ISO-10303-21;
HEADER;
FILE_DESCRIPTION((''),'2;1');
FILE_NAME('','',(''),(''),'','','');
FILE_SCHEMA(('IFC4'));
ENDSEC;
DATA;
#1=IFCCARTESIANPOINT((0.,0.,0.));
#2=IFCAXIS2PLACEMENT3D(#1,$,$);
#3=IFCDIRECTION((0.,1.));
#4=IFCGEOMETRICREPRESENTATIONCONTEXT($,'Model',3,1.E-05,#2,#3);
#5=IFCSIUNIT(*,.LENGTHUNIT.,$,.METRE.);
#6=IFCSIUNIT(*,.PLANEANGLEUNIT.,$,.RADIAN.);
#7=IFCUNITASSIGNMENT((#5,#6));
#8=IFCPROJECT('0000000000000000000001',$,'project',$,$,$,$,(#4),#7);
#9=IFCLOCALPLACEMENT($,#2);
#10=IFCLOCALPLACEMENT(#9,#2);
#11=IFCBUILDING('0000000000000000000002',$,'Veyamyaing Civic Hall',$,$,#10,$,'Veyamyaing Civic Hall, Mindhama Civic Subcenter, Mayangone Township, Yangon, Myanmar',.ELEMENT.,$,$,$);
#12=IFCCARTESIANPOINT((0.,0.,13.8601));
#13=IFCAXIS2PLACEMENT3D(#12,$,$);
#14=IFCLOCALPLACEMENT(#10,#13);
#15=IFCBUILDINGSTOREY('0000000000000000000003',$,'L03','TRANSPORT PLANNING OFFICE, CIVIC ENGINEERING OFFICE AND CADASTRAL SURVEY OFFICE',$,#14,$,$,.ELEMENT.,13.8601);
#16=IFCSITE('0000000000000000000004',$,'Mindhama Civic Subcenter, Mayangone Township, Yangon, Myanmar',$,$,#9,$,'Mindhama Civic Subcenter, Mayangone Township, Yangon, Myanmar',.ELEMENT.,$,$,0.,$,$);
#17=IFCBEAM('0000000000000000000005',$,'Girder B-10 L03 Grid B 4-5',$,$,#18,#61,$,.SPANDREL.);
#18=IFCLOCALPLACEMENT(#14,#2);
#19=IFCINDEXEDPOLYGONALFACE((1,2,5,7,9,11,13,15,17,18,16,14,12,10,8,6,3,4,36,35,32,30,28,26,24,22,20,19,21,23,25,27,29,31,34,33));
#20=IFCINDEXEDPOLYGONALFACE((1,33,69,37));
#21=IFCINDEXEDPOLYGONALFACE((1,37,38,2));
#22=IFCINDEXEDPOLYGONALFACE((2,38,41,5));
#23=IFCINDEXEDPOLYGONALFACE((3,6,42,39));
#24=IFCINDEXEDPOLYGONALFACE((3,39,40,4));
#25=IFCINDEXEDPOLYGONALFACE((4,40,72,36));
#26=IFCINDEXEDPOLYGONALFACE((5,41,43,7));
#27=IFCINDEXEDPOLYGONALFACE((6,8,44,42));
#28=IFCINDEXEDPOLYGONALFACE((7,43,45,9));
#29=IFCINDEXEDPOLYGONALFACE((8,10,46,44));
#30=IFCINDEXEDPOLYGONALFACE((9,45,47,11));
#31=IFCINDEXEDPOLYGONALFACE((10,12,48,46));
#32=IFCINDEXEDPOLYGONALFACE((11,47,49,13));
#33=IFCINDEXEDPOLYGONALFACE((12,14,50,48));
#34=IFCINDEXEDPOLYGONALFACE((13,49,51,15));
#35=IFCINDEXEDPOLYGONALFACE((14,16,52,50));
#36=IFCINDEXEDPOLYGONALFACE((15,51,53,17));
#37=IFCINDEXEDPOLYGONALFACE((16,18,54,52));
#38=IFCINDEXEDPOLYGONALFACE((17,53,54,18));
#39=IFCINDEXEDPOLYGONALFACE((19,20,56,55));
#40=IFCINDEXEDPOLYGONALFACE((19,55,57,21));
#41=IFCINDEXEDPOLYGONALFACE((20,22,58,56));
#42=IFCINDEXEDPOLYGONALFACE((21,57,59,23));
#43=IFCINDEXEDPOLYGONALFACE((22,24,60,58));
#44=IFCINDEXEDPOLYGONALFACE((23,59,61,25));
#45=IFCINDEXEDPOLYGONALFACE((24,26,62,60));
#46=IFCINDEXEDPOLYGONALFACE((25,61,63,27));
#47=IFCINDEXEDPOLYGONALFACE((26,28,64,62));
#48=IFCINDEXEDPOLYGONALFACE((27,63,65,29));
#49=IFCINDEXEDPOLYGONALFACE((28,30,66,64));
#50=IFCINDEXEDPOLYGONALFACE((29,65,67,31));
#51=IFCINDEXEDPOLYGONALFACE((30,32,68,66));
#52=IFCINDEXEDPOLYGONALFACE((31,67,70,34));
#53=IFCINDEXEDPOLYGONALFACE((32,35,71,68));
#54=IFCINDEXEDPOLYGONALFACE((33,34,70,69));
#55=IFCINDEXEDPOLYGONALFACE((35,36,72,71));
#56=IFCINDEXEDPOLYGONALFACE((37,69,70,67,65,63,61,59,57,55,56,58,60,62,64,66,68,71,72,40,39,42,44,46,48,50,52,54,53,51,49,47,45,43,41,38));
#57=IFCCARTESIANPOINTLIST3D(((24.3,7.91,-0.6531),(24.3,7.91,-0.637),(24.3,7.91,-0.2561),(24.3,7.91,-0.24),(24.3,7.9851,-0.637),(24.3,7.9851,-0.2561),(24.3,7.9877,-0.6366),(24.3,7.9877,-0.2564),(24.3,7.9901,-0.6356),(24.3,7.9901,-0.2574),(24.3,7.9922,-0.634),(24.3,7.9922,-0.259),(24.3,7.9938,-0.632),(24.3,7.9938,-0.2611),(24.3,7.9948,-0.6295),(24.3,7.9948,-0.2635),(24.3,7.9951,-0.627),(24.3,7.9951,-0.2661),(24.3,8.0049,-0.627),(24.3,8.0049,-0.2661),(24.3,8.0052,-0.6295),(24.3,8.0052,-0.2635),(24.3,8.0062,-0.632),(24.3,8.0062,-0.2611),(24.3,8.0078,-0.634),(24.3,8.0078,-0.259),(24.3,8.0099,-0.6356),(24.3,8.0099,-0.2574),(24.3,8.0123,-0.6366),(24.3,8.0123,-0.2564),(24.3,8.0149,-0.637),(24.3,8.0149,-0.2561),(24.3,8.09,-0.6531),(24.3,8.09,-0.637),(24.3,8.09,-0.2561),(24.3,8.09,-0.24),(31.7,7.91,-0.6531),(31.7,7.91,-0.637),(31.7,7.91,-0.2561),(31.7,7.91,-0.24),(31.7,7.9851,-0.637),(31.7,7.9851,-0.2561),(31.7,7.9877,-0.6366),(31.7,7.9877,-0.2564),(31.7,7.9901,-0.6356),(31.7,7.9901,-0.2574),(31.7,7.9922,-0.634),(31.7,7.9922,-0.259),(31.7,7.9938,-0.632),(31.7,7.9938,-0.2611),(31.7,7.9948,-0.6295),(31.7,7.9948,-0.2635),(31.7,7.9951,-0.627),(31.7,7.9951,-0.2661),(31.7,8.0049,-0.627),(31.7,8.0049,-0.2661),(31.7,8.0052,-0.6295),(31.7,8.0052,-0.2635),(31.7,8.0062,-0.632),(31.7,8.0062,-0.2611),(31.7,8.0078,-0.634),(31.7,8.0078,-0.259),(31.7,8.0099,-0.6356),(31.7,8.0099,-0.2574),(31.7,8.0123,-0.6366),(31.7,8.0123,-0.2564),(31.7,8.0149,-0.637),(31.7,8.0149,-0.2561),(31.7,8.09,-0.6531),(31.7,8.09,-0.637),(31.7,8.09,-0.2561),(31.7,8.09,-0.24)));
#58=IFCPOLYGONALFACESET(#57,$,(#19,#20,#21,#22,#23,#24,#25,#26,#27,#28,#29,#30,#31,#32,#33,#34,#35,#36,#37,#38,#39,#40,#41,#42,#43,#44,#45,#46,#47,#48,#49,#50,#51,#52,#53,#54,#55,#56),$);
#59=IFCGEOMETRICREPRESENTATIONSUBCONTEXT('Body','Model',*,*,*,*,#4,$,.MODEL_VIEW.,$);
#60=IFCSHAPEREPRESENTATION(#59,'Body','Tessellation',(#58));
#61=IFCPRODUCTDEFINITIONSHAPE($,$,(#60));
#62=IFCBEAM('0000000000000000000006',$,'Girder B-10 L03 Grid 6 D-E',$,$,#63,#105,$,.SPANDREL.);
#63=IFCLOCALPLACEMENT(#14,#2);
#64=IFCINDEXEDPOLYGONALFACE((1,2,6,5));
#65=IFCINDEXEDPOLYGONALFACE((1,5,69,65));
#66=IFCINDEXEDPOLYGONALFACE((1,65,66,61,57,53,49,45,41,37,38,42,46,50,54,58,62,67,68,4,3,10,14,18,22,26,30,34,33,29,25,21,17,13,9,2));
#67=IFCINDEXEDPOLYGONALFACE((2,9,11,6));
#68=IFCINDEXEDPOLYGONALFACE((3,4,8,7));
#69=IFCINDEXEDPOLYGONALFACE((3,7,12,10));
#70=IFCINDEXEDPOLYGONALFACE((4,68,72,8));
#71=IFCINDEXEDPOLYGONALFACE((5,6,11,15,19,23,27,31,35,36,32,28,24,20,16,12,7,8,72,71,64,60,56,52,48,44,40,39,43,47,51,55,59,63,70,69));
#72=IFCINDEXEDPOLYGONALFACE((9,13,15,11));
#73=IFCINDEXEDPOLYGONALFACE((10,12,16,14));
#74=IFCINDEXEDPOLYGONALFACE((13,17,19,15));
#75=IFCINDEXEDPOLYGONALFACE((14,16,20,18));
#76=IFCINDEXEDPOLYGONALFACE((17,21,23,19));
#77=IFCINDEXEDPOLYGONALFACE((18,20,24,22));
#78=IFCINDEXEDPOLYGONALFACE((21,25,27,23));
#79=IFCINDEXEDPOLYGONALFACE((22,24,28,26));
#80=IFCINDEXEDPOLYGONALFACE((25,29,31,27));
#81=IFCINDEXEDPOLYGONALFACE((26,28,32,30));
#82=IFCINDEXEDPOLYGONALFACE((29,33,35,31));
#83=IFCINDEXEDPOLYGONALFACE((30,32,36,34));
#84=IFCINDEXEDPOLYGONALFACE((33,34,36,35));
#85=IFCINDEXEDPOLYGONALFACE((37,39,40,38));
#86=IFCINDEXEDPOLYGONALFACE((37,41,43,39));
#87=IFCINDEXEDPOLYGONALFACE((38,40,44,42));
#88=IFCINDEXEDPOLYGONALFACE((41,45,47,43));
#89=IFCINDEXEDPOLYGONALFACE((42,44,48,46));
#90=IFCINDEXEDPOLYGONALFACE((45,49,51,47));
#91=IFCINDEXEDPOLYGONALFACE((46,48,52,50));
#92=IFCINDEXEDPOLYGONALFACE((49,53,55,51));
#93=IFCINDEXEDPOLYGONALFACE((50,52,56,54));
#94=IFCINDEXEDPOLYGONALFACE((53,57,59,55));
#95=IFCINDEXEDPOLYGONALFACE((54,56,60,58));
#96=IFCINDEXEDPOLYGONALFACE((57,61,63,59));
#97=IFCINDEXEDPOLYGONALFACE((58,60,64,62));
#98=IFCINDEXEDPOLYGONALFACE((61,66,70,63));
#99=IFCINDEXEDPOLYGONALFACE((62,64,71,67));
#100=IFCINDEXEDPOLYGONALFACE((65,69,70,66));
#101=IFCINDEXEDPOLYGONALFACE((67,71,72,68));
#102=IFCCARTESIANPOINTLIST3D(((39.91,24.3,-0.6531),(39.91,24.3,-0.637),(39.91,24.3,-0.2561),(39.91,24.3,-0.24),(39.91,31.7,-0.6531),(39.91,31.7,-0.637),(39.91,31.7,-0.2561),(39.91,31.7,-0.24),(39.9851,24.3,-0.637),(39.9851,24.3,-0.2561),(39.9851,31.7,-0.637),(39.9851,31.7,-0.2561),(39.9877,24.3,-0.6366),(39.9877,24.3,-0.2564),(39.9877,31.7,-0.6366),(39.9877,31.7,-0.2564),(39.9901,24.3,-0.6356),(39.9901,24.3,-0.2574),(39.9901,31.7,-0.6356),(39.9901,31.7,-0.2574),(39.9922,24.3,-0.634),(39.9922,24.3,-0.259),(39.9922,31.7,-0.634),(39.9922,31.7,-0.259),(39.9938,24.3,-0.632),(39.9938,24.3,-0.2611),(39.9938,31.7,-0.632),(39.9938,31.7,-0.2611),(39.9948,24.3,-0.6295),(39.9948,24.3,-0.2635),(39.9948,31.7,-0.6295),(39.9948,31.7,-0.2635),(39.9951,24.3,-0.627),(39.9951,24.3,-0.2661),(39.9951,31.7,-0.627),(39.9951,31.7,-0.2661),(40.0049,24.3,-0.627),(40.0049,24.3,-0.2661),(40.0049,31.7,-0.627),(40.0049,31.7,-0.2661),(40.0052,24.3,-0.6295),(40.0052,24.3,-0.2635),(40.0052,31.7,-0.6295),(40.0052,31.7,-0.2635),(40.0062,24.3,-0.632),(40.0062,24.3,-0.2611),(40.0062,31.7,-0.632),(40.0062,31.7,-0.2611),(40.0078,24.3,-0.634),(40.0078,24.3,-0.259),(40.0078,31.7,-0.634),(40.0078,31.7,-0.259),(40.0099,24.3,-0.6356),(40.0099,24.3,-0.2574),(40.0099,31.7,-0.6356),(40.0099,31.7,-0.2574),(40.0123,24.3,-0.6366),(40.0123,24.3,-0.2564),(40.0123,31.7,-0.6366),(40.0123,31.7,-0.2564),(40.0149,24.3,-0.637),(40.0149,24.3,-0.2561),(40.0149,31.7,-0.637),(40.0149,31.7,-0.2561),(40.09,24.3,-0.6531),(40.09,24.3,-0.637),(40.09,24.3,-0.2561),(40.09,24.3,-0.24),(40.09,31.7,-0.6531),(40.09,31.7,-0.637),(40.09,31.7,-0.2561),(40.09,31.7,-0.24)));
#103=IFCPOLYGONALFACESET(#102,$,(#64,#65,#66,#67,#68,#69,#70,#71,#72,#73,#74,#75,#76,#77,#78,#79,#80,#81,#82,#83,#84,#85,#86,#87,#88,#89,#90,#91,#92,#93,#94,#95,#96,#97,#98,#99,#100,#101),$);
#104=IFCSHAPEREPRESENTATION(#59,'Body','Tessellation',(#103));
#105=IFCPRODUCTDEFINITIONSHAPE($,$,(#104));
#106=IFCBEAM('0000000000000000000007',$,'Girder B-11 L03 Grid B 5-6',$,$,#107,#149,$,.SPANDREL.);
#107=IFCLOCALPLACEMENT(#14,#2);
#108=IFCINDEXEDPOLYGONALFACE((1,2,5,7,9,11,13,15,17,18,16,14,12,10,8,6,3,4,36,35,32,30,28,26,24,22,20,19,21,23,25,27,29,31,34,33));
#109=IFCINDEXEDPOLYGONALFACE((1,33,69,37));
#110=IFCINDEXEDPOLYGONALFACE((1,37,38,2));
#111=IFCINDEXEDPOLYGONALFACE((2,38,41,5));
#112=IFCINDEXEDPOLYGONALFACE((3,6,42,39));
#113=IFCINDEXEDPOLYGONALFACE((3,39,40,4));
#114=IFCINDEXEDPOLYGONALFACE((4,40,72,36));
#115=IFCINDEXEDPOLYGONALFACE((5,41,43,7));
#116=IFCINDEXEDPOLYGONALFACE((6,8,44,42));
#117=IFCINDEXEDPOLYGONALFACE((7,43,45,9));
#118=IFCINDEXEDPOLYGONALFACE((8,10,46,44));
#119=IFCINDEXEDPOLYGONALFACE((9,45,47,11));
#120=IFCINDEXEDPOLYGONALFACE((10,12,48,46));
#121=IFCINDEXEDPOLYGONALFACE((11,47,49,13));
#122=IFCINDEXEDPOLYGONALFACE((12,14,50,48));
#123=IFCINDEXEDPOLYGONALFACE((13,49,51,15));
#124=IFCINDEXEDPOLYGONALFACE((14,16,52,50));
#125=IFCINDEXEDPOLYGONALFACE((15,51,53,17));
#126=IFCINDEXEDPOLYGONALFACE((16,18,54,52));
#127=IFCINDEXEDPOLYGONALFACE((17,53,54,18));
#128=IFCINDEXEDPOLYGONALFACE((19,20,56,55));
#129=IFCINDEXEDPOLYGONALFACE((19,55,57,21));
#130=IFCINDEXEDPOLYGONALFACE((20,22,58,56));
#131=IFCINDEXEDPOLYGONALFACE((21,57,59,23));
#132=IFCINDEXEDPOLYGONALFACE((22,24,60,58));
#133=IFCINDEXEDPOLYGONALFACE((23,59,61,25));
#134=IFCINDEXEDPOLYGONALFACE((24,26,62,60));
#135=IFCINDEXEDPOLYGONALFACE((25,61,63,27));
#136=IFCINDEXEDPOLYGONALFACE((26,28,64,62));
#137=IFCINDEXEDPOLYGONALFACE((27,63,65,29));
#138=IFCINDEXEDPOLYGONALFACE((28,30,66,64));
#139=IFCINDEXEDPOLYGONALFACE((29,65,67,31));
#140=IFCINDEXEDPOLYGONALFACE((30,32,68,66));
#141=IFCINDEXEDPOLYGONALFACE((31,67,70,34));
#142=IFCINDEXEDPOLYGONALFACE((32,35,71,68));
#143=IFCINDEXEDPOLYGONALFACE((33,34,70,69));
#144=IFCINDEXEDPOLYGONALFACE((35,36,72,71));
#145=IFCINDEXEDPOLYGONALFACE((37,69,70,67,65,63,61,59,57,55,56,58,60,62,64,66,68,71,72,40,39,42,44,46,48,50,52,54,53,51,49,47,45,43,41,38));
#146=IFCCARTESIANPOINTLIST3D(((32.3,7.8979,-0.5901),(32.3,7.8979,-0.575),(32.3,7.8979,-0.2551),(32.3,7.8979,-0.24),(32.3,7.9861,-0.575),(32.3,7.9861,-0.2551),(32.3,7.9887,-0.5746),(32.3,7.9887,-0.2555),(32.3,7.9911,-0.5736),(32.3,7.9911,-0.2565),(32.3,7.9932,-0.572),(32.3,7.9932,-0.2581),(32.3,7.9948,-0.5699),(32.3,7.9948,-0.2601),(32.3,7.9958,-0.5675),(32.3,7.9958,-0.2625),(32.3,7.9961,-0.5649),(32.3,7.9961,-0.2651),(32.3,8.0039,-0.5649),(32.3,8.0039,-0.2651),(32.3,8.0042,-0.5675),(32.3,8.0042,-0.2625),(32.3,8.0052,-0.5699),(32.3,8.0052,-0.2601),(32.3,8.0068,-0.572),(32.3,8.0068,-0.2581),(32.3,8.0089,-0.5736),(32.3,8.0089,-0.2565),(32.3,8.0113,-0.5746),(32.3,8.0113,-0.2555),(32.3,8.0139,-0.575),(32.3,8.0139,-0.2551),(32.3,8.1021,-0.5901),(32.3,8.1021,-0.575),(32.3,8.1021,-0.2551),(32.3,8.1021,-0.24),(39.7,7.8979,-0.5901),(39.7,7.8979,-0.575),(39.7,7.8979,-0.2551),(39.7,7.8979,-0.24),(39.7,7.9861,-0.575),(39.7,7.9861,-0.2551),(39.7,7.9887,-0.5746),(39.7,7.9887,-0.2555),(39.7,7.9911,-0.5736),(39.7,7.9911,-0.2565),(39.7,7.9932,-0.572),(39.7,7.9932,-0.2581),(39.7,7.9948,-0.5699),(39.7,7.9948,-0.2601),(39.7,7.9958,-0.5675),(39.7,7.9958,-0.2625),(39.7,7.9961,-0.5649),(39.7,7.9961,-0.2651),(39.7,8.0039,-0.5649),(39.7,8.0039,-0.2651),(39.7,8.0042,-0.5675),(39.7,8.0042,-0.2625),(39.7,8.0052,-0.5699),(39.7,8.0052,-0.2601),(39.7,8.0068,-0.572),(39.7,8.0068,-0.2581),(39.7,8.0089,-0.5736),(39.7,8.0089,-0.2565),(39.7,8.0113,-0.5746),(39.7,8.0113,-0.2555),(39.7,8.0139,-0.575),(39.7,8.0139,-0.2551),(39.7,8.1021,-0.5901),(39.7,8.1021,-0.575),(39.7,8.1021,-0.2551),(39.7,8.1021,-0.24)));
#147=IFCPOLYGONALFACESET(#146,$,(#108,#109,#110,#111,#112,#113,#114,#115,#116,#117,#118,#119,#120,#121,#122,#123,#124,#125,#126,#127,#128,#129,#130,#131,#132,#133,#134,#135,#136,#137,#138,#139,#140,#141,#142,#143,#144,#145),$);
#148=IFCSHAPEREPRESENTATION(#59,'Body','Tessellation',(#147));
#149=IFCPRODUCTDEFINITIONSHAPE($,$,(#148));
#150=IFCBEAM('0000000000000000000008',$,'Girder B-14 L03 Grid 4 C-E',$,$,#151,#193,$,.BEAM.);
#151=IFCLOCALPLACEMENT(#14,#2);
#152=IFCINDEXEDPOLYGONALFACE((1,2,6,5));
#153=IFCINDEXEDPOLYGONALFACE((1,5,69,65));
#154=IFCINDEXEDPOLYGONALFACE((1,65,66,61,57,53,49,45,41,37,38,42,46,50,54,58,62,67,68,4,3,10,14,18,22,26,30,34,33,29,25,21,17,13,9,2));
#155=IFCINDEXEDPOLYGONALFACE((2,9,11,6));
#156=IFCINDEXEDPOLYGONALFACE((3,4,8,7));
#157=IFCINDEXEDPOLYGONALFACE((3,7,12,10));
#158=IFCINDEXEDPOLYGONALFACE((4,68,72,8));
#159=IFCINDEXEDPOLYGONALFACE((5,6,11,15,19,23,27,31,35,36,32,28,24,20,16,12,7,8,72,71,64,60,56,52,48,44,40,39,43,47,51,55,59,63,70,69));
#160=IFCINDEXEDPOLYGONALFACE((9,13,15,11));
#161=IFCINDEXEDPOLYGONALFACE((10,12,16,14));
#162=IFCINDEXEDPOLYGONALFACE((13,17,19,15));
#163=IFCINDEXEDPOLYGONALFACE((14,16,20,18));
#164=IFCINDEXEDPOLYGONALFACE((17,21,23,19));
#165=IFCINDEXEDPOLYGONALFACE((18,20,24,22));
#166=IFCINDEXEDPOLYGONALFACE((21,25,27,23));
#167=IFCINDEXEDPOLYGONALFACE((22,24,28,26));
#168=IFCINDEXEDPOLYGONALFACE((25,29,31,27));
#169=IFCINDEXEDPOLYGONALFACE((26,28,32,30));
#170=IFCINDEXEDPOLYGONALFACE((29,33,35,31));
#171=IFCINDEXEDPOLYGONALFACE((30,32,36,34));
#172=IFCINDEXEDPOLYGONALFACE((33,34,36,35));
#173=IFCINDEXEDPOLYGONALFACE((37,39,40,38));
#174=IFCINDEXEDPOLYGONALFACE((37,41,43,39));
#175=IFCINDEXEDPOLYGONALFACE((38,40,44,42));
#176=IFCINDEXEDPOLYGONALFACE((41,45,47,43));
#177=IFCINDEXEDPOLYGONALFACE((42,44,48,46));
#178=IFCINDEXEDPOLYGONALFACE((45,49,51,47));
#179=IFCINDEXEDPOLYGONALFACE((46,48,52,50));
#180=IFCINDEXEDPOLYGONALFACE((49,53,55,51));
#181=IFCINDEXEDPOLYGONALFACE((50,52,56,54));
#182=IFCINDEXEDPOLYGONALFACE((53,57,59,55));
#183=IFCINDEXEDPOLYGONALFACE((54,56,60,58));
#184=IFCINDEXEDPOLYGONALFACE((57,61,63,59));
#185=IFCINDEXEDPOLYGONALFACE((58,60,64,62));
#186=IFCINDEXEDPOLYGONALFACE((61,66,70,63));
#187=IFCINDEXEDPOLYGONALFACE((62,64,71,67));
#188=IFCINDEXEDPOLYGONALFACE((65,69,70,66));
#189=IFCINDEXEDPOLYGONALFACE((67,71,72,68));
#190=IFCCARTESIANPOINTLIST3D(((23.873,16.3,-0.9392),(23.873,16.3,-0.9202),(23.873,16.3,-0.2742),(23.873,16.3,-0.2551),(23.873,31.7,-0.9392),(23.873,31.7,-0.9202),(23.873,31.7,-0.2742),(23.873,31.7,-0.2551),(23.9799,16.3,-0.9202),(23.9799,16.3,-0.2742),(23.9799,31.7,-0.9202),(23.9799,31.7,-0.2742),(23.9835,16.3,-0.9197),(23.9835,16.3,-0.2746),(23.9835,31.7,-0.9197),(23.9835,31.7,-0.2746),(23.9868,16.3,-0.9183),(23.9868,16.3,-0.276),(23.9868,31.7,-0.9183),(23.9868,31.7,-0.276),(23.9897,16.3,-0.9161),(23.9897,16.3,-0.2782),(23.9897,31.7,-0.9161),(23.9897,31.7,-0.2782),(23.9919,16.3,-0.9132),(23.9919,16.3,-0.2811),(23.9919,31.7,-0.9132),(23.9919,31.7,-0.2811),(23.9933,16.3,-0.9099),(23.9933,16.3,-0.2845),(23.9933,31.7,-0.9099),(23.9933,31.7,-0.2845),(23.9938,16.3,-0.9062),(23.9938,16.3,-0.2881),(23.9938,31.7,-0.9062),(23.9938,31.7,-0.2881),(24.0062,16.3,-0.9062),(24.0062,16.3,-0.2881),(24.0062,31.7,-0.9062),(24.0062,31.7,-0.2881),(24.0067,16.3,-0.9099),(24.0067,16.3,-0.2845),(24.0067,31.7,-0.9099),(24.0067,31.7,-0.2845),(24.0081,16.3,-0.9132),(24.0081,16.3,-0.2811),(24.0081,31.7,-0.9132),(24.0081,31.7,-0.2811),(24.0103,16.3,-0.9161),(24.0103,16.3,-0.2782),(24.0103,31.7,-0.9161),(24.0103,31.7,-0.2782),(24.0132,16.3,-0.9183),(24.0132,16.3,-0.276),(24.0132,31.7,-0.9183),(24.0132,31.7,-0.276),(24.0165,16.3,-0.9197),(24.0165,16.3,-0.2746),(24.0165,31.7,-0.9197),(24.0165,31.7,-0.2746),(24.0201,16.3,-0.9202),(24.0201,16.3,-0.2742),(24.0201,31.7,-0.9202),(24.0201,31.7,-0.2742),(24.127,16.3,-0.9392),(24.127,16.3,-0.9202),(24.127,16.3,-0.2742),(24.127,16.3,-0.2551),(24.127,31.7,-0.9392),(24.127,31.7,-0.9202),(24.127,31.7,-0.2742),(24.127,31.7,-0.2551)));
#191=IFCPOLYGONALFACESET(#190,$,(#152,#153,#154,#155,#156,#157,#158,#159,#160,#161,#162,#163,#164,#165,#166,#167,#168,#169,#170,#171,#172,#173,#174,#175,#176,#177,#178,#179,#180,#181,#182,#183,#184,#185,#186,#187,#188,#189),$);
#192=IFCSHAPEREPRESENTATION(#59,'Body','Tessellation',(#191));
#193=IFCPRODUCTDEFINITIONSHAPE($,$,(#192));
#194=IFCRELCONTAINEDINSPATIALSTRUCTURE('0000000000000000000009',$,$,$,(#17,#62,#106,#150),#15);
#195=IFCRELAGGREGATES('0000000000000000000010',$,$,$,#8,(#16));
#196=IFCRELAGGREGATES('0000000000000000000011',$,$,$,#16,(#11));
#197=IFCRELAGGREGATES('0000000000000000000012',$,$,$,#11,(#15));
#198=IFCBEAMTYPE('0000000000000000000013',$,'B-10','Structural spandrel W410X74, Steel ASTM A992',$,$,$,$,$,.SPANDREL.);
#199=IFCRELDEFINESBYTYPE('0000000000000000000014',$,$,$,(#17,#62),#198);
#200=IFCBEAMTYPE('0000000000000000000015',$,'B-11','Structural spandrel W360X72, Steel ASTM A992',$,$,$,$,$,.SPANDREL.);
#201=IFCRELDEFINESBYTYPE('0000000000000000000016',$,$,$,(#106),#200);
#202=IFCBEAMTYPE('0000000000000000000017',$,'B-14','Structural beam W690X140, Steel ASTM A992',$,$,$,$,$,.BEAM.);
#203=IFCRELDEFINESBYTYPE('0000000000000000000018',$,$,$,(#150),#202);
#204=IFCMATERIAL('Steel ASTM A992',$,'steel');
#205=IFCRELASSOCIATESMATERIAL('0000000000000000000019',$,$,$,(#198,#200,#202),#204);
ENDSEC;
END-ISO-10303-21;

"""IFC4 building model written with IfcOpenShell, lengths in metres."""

from ifc_helpers import new_model, si_unit, direction, frame, origin, origin_2d, place, context, subcontext, project, spatial, i_section, extrude, material, material_profile, profile_set, type_object, element, save


model = new_model("IFC4")

# Units and contexts
model_context = context("Model", 3, precision=1e-05, world=origin(), true_north=direction((0.0, 1.0)))
body_context = subcontext(model_context, "Body", "Model", "MODEL_VIEW")
ifc_project = project(units=[si_unit("LENGTHUNIT", "METRE"), si_unit("PLANEANGLEUNIT", "RADIAN")], contexts=[model_context])

# Site, building, storey
site_placement = place(None, origin())
site = spatial("IfcSite", under=ifc_project, at=site_placement, Name="Mindhama Civic Subcenter, Mayangone Township, Yangon, Myanmar", LongName="Mindhama Civic Subcenter, Mayangone Township, Yangon, Myanmar", CompositionType="ELEMENT", RefElevation=0.0)
building_placement = place(site_placement, origin())
building = spatial("IfcBuilding", under=site, at=building_placement, Name="Veyamyaing Civic Hall", LongName="Veyamyaing Civic Hall, Mindhama Civic Subcenter, Mayangone Township, Yangon, Myanmar", CompositionType="ELEMENT")
storey_placement = place(building_placement, frame((0.0, 0.0, 13.8601)))
storey = spatial("IfcBuildingStorey", under=building, at=storey_placement, Name="L03", Description="TRANSPORT PLANNING OFFICE, CIVIC ENGINEERING OFFICE AND CADASTRAL SURVEY OFFICE", CompositionType="ELEMENT", Elevation=13.8601)

# Beams
ifc_material_1 = material(Name="Steel ASTM A992", Category="steel")
ifc_material_profile_1 = material_profile(ifc_material_1, i_section(OverallWidth=0.1799, OverallDepth=0.4131, WebThickness=0.0098, FlangeThickness=0.0161, FilletRadius=0.01, at=origin_2d()), Name="W410X74")
ifc_profile_set_1 = profile_set([ifc_material_profile_1], Name="Steel ASTM A992")
beam_type_1 = type_object("IfcBeamType", Name="B-10", Description="Structural spandrel W410X74, Steel ASTM A992", PredefinedType="SPANDREL", material=ifc_profile_set_1)
for number, where, z_axis, x_axis, name in (
    (1, (24.3, 8.0, -0.4465), (1.0, 0.0, 0.0), (0.0, 1.0, 0.0), "Girder B-10 L03 Grid B 4-5"),
    (2, (40.0, 24.3, -0.4465), (0.0, 1.0, 0.0), (-1.0, 0.0, 0.0), "Girder B-10 L03 Grid 6 D-E"),
):
    element("IfcBeam", number, at=place(storey_placement, frame(where, z_axis=z_axis, x_axis=x_axis)), inside=storey, type_object=beam_type_1, Name=name, PredefinedType="SPANDREL", context=body_context, shape_type="SweptSolid", body=[
        extrude(i_section(OverallWidth=0.1799, OverallDepth=0.4131, WebThickness=0.0098, FlangeThickness=0.0161, FilletRadius=0.01, at=origin_2d()), origin(), (0.0, 0.0, 1.0), 7.3999),
    ])
ifc_material_profile_2 = material_profile(ifc_material_1, i_section(OverallWidth=0.2041, OverallDepth=0.3501, WebThickness=0.0078, FlangeThickness=0.0151, FilletRadius=0.01, at=origin_2d()), Name="W360X72")
ifc_profile_set_2 = profile_set([ifc_material_profile_2], Name="Steel ASTM A992")
beam_type_2 = type_object("IfcBeamType", Name="B-11", Description="Structural spandrel W360X72, Steel ASTM A992", PredefinedType="SPANDREL", material=ifc_profile_set_2)
beam_1_placement = place(storey_placement, frame((32.3, 8.0, -0.415), z_axis=(1.0, 0.0, 0.0), x_axis=(0.0, 1.0, 0.0)))
element("IfcBeam", 3, at=beam_1_placement, inside=storey, type_object=beam_type_2, Name="Girder B-11 L03 Grid B 5-6", PredefinedType="SPANDREL", context=body_context, shape_type="SweptSolid", body=[
    extrude(i_section(OverallWidth=0.2041, OverallDepth=0.3501, WebThickness=0.0078, FlangeThickness=0.0151, FilletRadius=0.01, at=origin_2d()), origin(), (0.0, 0.0, 1.0), 7.3999),
])
ifc_material_profile_3 = material_profile(ifc_material_1, i_section(OverallWidth=0.2539, OverallDepth=0.6841, WebThickness=0.0125, FlangeThickness=0.019, FilletRadius=0.0139, at=origin_2d()), Name="W690X140")
ifc_profile_set_3 = profile_set([ifc_material_profile_3], Name="Steel ASTM A992")
beam_type_3 = type_object("IfcBeamType", Name="B-14", Description="Structural beam W690X140, Steel ASTM A992", PredefinedType="BEAM", material=ifc_profile_set_3)
beam_2_placement = place(storey_placement, frame((24.0, 16.3, -0.5972), z_axis=(0.0, 1.0, 0.0), x_axis=(-1.0, 0.0, 0.0)))
element("IfcBeam", 4, at=beam_2_placement, inside=storey, type_object=beam_type_3, Name="Girder B-14 L03 Grid 4 C-E", PredefinedType="BEAM", context=body_context, shape_type="SweptSolid", body=[
    extrude(i_section(OverallWidth=0.2539, OverallDepth=0.6841, WebThickness=0.0125, FlangeThickness=0.019, FilletRadius=0.0139, at=origin_2d()), origin(), (0.0, 0.0, 1.0), 15.3999),
])

save(model, "model.ifc")
